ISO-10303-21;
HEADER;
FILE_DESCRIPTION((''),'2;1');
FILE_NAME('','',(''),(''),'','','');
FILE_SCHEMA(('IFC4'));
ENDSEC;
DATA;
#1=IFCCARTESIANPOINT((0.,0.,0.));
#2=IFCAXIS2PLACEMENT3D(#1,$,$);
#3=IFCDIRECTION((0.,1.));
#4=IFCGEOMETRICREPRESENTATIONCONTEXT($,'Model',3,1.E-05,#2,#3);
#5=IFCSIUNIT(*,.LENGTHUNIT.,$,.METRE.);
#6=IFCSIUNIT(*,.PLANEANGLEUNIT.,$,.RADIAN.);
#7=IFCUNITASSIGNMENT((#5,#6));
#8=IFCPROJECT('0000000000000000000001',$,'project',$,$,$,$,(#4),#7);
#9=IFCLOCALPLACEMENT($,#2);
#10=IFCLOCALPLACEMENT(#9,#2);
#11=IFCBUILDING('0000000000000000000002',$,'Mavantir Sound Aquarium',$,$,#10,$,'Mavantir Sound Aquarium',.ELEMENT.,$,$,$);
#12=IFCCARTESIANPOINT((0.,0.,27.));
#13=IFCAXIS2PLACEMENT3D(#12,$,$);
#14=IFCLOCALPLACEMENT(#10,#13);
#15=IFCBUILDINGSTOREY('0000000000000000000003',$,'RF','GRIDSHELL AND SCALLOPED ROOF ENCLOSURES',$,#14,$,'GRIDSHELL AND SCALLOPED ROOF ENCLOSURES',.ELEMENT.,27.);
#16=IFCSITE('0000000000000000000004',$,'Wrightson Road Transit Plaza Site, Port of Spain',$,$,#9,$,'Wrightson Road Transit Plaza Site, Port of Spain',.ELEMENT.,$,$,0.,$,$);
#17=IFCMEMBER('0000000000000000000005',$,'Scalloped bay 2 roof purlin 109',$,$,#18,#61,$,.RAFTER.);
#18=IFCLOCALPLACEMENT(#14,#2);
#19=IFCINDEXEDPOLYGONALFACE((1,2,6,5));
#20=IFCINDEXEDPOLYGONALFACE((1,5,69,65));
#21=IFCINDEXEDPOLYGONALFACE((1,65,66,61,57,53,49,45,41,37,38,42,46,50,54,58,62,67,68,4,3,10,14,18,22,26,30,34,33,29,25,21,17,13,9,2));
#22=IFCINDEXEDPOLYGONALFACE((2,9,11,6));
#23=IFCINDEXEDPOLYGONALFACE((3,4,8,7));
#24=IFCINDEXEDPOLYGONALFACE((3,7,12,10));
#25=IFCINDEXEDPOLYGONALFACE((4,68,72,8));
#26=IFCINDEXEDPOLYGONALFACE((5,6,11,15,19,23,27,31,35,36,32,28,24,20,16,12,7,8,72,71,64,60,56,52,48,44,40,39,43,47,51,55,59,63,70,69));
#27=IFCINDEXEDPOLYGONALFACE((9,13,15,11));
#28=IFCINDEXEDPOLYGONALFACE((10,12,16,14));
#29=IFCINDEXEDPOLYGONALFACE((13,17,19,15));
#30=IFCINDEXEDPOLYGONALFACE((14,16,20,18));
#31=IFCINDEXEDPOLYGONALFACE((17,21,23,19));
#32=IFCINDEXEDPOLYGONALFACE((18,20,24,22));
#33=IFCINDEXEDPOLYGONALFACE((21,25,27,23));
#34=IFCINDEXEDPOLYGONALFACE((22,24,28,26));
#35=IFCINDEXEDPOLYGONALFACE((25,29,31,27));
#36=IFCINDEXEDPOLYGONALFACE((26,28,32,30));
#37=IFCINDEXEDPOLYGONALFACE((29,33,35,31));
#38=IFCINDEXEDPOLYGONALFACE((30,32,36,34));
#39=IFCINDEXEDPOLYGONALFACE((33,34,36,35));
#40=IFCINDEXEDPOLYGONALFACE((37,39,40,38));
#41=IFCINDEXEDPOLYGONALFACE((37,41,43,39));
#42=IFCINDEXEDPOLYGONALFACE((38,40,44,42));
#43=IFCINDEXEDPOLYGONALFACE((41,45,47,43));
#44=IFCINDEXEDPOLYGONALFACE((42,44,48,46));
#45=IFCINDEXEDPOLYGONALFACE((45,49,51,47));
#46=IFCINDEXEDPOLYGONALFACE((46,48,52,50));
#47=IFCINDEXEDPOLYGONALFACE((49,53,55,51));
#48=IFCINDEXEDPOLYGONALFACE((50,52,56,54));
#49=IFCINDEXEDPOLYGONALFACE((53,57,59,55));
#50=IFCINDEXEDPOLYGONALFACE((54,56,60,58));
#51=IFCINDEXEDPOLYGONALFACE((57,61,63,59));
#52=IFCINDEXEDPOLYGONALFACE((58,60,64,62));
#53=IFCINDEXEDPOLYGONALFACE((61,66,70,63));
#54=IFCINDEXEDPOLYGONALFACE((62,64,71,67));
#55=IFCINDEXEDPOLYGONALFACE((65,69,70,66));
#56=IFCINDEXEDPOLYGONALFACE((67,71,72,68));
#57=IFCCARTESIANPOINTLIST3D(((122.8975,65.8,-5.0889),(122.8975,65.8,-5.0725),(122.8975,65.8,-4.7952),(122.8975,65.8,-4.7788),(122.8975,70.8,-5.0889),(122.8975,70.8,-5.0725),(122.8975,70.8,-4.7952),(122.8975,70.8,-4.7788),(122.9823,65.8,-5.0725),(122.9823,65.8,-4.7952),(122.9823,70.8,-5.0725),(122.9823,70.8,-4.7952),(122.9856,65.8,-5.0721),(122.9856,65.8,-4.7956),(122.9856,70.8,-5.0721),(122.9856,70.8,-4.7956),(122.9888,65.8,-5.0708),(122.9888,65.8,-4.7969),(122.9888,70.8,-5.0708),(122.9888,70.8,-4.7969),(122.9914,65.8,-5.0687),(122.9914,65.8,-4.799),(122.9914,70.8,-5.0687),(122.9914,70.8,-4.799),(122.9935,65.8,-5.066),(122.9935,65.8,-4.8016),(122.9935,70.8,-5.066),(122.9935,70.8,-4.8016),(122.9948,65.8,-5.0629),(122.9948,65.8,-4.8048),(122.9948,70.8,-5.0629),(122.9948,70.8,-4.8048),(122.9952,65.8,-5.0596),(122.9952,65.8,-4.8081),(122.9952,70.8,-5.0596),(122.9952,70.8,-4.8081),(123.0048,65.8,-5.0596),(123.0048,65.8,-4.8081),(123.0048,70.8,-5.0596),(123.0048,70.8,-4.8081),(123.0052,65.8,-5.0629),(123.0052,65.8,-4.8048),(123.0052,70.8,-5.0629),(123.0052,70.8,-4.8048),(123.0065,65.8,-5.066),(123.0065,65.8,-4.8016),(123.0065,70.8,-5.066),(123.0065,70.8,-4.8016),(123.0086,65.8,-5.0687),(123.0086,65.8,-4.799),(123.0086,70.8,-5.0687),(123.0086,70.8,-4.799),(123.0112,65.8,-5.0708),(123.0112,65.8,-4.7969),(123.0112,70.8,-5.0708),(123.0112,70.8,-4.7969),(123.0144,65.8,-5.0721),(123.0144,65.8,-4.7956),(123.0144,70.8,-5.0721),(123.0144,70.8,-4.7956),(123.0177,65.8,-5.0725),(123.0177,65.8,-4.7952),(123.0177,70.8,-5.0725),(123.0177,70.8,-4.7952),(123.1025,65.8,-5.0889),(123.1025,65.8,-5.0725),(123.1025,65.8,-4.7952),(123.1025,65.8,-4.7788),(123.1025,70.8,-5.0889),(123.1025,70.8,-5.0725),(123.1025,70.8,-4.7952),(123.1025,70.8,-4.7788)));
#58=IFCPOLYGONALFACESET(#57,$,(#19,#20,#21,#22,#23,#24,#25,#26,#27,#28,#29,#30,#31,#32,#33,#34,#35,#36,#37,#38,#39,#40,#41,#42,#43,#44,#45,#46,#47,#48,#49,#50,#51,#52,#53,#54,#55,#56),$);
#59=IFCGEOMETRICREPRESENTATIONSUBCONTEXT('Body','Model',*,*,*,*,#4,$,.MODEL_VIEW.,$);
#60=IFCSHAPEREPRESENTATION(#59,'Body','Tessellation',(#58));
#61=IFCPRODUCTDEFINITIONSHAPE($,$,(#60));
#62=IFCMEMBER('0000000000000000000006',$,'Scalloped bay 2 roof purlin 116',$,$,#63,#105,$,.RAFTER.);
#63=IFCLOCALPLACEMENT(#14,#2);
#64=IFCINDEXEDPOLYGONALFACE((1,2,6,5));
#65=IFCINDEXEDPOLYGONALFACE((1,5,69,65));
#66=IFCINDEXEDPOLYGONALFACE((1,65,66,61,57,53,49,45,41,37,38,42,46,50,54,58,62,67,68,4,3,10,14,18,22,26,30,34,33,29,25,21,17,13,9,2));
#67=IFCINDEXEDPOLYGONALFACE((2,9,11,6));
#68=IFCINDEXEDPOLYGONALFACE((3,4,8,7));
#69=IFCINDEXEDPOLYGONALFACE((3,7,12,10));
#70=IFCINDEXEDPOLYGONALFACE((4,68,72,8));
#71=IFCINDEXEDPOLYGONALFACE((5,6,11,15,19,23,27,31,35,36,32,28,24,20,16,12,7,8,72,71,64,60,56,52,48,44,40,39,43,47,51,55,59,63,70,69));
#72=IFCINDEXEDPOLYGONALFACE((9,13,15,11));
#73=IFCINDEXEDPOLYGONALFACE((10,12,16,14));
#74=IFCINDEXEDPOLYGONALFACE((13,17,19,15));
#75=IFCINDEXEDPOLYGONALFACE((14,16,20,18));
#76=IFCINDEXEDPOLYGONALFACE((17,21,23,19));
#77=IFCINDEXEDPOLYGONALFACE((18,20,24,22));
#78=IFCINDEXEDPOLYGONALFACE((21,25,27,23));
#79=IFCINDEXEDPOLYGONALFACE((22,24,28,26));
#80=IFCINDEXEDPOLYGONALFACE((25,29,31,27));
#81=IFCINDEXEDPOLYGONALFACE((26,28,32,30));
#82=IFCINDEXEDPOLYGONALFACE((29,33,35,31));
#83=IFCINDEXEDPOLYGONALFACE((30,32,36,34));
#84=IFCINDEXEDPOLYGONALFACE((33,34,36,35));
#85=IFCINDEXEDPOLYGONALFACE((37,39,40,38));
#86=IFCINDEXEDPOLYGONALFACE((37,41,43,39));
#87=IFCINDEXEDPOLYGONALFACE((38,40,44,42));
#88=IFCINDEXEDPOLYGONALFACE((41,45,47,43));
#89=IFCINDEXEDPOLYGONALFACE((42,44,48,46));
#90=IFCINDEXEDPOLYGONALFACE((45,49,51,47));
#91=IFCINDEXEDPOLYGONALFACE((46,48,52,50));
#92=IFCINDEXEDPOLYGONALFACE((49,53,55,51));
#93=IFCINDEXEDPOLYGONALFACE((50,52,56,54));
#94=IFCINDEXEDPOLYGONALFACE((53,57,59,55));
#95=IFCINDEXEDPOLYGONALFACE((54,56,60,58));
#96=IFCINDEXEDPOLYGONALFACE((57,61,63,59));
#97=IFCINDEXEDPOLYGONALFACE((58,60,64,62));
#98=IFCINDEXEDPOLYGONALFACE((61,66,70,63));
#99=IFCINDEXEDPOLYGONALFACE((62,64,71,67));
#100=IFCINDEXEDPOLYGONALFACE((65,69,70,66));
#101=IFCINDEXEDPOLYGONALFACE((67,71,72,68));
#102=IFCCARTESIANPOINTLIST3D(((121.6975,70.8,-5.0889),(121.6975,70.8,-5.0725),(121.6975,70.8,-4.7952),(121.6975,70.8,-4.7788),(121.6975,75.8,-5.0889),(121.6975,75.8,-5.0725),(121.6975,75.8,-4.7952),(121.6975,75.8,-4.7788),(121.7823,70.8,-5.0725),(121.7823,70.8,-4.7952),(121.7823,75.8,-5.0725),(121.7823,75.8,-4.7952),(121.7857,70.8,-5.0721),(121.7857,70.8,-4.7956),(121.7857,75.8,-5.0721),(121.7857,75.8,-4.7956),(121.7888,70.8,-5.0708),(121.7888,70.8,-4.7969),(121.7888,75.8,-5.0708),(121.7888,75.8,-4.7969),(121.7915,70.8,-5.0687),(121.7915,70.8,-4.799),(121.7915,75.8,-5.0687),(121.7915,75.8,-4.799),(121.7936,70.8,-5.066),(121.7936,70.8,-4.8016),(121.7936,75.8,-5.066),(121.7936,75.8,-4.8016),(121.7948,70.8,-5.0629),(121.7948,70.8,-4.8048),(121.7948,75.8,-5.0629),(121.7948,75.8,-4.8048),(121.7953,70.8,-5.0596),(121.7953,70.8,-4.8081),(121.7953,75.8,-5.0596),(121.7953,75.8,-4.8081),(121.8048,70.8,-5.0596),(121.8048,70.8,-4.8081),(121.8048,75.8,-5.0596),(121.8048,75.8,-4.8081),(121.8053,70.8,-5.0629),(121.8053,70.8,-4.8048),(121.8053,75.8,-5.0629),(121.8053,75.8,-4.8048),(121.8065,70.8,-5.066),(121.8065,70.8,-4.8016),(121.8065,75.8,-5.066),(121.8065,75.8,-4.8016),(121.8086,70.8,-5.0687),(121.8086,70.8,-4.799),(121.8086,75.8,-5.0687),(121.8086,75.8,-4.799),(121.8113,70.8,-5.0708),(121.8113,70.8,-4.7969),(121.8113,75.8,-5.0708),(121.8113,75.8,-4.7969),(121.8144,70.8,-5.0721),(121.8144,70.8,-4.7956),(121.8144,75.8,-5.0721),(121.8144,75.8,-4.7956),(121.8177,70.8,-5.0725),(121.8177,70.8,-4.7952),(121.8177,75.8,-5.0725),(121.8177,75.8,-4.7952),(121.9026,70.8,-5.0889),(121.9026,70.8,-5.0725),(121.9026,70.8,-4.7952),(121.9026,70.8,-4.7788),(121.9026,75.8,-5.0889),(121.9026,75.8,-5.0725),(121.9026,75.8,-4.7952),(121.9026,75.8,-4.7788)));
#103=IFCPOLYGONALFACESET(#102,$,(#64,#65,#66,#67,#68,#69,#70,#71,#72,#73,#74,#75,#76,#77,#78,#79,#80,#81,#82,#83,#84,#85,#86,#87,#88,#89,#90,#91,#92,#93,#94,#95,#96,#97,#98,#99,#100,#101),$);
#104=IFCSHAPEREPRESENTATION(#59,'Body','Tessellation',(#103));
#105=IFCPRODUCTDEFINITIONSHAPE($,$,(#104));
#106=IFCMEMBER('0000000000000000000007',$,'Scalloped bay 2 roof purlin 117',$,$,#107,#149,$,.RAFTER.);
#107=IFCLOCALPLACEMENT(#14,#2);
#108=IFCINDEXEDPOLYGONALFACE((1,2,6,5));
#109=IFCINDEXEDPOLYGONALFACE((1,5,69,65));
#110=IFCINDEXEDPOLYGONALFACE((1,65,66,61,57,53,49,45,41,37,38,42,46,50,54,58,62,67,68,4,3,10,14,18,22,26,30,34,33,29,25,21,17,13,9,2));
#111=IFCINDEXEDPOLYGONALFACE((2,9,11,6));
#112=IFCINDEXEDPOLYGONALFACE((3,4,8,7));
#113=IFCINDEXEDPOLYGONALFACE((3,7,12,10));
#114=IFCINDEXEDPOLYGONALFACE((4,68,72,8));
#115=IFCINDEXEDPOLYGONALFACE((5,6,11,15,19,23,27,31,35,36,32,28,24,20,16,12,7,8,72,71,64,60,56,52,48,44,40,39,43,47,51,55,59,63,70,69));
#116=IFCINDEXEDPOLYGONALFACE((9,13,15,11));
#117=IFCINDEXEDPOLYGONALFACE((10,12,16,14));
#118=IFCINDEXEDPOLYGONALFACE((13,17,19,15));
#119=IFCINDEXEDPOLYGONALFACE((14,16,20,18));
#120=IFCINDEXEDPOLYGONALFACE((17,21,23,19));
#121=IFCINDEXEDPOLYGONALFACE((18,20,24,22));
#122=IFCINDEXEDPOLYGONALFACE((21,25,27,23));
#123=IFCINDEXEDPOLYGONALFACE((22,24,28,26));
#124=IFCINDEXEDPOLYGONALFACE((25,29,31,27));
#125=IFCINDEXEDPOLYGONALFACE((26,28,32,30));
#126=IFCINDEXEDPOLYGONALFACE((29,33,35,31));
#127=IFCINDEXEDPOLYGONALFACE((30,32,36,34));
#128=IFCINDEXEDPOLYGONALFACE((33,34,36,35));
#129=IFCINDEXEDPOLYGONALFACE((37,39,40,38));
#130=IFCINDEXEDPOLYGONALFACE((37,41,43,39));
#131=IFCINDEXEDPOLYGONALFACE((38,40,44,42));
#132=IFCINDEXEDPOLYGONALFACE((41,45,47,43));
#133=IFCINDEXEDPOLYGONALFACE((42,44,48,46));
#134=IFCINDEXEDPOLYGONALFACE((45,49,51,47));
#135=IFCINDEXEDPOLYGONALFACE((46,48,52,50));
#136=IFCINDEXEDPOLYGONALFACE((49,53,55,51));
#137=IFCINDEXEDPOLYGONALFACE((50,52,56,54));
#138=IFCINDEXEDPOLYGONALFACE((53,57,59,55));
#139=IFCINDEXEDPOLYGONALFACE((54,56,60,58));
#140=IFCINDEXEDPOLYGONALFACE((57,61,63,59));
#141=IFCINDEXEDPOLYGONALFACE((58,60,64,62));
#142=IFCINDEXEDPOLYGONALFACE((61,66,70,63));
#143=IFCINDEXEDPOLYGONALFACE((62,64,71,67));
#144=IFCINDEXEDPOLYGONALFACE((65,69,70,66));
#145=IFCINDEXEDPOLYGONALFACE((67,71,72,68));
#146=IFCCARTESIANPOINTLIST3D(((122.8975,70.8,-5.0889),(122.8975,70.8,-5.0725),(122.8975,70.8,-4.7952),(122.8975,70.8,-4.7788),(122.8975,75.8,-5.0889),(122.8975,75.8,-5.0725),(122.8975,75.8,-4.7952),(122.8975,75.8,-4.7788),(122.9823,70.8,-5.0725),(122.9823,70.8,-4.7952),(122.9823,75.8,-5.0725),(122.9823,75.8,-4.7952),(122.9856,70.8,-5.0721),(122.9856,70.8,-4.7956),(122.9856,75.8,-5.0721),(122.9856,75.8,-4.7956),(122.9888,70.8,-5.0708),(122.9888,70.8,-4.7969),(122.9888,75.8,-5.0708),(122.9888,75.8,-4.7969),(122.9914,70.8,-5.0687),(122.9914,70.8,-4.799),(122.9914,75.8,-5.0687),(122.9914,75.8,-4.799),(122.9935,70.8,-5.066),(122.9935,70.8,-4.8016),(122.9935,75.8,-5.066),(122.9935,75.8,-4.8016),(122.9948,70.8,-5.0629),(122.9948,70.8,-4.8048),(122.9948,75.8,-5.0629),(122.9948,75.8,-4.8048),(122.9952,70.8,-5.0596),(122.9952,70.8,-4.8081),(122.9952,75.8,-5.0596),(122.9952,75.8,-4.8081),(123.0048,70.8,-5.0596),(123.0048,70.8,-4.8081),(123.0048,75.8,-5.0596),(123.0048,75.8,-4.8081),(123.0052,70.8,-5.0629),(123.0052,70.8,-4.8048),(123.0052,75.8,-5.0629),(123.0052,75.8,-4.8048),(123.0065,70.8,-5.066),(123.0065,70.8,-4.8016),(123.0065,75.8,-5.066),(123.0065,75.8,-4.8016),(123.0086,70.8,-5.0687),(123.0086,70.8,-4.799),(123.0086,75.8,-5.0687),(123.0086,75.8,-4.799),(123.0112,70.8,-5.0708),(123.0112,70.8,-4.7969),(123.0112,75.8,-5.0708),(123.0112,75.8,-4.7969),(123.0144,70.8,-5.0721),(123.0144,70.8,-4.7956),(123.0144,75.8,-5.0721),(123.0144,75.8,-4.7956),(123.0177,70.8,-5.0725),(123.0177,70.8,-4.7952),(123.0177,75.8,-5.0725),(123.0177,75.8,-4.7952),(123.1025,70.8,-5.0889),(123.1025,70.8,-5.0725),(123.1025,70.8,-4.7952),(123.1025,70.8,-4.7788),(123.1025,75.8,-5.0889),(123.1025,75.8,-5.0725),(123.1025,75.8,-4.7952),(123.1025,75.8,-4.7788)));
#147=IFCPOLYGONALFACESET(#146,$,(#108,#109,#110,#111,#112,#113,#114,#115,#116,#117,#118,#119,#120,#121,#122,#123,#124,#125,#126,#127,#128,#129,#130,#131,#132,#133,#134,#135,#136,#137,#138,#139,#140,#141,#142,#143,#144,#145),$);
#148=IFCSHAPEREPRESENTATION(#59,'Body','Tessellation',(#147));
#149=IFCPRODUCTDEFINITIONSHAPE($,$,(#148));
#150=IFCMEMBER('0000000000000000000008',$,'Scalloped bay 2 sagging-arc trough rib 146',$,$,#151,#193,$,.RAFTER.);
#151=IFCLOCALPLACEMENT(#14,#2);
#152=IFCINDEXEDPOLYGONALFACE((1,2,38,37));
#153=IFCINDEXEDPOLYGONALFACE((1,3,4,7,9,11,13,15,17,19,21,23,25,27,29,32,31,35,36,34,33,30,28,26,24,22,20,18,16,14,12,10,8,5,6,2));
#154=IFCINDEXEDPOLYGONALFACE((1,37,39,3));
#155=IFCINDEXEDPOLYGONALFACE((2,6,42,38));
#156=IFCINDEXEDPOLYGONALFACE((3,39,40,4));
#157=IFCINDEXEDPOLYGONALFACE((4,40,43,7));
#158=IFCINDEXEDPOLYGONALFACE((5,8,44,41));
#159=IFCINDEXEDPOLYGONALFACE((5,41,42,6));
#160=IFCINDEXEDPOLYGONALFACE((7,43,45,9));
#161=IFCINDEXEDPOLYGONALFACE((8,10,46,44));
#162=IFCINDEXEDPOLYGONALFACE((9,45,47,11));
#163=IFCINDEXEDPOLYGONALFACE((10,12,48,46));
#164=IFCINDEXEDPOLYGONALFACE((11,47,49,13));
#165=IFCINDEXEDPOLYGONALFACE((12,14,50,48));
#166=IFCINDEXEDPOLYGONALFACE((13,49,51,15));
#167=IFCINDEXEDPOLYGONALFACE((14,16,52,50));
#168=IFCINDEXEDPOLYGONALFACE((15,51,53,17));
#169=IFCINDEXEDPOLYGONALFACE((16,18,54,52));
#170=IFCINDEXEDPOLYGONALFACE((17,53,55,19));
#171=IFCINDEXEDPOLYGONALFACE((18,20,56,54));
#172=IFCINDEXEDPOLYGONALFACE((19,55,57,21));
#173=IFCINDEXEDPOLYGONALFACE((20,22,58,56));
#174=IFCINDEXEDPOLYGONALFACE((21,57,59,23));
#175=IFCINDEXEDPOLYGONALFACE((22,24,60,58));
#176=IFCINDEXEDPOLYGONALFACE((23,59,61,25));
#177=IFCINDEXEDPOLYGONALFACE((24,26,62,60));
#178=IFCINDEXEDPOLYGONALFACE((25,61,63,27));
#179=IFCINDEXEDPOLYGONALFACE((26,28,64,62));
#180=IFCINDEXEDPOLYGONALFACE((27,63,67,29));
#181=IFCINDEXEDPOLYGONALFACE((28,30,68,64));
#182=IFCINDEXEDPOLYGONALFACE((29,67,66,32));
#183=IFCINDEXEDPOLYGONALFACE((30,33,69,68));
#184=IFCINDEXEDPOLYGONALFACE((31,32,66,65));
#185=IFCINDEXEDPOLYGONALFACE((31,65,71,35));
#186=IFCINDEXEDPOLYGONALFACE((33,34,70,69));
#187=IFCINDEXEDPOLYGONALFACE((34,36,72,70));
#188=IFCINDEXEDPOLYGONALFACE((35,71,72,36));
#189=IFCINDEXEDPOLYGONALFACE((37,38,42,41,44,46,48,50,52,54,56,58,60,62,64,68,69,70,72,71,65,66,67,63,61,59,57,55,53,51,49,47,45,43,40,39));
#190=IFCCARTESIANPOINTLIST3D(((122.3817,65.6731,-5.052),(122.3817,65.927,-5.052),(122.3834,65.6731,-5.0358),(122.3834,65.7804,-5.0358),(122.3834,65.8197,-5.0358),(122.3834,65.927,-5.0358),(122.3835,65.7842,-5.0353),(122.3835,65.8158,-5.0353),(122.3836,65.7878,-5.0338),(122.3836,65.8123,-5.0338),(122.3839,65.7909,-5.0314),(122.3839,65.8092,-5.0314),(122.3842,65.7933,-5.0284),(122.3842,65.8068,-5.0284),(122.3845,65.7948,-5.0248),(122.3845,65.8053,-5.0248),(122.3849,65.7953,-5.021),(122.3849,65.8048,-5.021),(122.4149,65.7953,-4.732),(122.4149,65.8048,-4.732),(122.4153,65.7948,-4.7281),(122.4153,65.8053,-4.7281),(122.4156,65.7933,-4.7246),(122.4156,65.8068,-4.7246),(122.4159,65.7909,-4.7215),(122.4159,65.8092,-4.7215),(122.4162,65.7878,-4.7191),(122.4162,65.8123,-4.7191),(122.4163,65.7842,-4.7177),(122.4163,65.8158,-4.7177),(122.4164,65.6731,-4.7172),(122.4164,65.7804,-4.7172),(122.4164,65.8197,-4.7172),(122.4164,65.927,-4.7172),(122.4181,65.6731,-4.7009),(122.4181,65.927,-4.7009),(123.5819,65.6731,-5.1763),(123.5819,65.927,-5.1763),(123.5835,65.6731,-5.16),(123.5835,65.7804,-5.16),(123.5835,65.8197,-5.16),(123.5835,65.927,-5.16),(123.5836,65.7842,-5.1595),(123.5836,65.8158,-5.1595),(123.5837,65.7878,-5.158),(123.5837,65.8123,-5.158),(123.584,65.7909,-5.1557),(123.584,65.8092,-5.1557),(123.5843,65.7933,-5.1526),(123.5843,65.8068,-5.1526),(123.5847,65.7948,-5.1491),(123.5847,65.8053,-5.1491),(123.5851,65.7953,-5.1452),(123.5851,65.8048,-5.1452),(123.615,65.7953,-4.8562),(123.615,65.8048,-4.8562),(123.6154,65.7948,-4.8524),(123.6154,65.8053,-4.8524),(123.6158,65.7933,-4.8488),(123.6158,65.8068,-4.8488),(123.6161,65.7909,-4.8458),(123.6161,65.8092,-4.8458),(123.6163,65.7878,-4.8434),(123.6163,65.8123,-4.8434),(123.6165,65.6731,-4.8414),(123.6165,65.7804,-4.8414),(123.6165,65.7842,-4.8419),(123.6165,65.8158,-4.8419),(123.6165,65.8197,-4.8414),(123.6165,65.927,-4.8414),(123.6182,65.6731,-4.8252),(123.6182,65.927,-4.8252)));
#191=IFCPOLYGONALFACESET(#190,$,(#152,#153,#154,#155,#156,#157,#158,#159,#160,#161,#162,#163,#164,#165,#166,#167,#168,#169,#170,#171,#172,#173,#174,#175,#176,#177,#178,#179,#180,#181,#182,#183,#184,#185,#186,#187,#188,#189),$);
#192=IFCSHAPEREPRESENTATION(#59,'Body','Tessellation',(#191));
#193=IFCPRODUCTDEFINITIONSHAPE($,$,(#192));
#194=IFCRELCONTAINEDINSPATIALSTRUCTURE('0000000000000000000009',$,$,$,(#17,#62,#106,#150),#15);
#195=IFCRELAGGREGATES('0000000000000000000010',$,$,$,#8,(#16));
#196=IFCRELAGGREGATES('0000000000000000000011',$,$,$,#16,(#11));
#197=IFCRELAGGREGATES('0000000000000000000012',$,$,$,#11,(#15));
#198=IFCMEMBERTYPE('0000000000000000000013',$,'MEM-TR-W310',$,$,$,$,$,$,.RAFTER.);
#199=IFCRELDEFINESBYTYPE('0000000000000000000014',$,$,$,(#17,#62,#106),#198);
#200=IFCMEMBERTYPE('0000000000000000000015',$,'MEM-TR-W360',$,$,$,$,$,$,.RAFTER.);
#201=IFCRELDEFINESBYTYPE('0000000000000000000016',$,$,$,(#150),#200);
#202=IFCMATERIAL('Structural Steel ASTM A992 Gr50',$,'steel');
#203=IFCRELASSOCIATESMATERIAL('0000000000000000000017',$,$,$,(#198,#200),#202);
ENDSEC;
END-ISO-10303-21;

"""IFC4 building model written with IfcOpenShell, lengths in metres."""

from ifc_helpers import new_model, si_unit, direction, frame, origin, origin_2d, place, context, subcontext, project, spatial, i_section, extrude, material, material_profile, profile_set, type_object, element, save


model = new_model("IFC4")

# Units and contexts
model_context = context("Model", 3, precision=1e-05, world=origin(), true_north=direction((0.0, 1.0)))
body_context = subcontext(model_context, "Body", "Model", "MODEL_VIEW")
ifc_project = project(units=[si_unit("LENGTHUNIT", "METRE"), si_unit("PLANEANGLEUNIT", "RADIAN")], contexts=[model_context])

# Site, building, storey
site_placement = place(None, origin())
site = spatial("IfcSite", under=ifc_project, at=site_placement, Name="Wrightson Road Transit Plaza Site, Port of Spain", LongName="Wrightson Road Transit Plaza Site, Port of Spain", CompositionType="ELEMENT", RefElevation=0.0)
building_placement = place(site_placement, origin())
building = spatial("IfcBuilding", under=site, at=building_placement, Name="Mavantir Sound Aquarium", LongName="Mavantir Sound Aquarium", CompositionType="ELEMENT")
storey_placement = place(building_placement, frame((0.0, 0.0, 27.0)))
storey = spatial("IfcBuildingStorey", under=building, at=storey_placement, Name="RF", Description="GRIDSHELL AND SCALLOPED ROOF ENCLOSURES", LongName="GRIDSHELL AND SCALLOPED ROOF ENCLOSURES", CompositionType="ELEMENT", Elevation=27.0)

# Members
ifc_material_1 = material(Name="Structural Steel ASTM A992 Gr50", Category="steel")
ifc_material_profile_1 = material_profile(ifc_material_1, i_section(OverallWidth=0.2051, OverallDepth=0.3101, WebThickness=0.0095, FlangeThickness=0.0164, FilletRadius=0.0129, at=origin_2d()), Name="W310X74")
ifc_profile_set_1 = profile_set([ifc_material_profile_1], Name="Structural Steel ASTM A992 Gr50")
member_type_1 = type_object("IfcMemberType", Name="MEM-TR-W310", PredefinedType="RAFTER", material=ifc_profile_set_1)
for number, where, z_axis, x_axis, name in (
    (1, (123.0, 65.8, -4.9338), (0.0, 1.0, 0.0), (-1.0, 0.0, 0.0), "Scalloped bay 2 roof purlin 109"),
    (2, (121.8, 70.8, -4.9338), (0.0, 1.0, 0.0), (-1.0, 0.0, 0.0), "Scalloped bay 2 roof purlin 116"),
    (3, (123.0, 70.8, -4.9338), (0.0, 1.0, 0.0), (-1.0, 0.0, 0.0), "Scalloped bay 2 roof purlin 117"),
):
    element("IfcMember", number, at=place(storey_placement, frame(where, z_axis=z_axis, x_axis=x_axis)), inside=storey, type_object=member_type_1, Name=name, PredefinedType="RAFTER", context=body_context, shape_type="SweptSolid", body=[
        extrude(i_section(OverallWidth=0.2051, OverallDepth=0.3101, WebThickness=0.0095, FlangeThickness=0.0164, FilletRadius=0.0129, at=origin_2d()), origin(), (0.0, 0.0, 1.0), 5.0),
    ])
ifc_material_profile_2 = material_profile(ifc_material_1, i_section(OverallWidth=0.2539, OverallDepth=0.353, WebThickness=0.0095, FlangeThickness=0.0164, FilletRadius=0.0149, at=origin_2d()), Name="W360X91")
ifc_profile_set_2 = profile_set([ifc_material_profile_2], Name="Structural Steel ASTM A992 Gr50")
member_type_2 = type_object("IfcMemberType", Name="MEM-TR-W360", PredefinedType="RAFTER", material=ifc_profile_set_2)
member_1_placement = place(storey_placement, frame((122.3999, 65.8, -4.8765), z_axis=(0.994683, 0.0, -0.102989), x_axis=(0.0, 1.0, 0.0)))
element("IfcMember", 4, at=member_1_placement, inside=storey, type_object=member_type_2, Name="Scalloped bay 2 sagging-arc trough rib 146", PredefinedType="RAFTER", context=body_context, shape_type="SweptSolid", body=[
    extrude(i_section(OverallWidth=0.2539, OverallDepth=0.353, WebThickness=0.0095, FlangeThickness=0.0164, FilletRadius=0.0149, at=origin_2d()), origin(), (0.0, 0.0, 1.0), 1.2065),
])

save(model, "model.ifc")
